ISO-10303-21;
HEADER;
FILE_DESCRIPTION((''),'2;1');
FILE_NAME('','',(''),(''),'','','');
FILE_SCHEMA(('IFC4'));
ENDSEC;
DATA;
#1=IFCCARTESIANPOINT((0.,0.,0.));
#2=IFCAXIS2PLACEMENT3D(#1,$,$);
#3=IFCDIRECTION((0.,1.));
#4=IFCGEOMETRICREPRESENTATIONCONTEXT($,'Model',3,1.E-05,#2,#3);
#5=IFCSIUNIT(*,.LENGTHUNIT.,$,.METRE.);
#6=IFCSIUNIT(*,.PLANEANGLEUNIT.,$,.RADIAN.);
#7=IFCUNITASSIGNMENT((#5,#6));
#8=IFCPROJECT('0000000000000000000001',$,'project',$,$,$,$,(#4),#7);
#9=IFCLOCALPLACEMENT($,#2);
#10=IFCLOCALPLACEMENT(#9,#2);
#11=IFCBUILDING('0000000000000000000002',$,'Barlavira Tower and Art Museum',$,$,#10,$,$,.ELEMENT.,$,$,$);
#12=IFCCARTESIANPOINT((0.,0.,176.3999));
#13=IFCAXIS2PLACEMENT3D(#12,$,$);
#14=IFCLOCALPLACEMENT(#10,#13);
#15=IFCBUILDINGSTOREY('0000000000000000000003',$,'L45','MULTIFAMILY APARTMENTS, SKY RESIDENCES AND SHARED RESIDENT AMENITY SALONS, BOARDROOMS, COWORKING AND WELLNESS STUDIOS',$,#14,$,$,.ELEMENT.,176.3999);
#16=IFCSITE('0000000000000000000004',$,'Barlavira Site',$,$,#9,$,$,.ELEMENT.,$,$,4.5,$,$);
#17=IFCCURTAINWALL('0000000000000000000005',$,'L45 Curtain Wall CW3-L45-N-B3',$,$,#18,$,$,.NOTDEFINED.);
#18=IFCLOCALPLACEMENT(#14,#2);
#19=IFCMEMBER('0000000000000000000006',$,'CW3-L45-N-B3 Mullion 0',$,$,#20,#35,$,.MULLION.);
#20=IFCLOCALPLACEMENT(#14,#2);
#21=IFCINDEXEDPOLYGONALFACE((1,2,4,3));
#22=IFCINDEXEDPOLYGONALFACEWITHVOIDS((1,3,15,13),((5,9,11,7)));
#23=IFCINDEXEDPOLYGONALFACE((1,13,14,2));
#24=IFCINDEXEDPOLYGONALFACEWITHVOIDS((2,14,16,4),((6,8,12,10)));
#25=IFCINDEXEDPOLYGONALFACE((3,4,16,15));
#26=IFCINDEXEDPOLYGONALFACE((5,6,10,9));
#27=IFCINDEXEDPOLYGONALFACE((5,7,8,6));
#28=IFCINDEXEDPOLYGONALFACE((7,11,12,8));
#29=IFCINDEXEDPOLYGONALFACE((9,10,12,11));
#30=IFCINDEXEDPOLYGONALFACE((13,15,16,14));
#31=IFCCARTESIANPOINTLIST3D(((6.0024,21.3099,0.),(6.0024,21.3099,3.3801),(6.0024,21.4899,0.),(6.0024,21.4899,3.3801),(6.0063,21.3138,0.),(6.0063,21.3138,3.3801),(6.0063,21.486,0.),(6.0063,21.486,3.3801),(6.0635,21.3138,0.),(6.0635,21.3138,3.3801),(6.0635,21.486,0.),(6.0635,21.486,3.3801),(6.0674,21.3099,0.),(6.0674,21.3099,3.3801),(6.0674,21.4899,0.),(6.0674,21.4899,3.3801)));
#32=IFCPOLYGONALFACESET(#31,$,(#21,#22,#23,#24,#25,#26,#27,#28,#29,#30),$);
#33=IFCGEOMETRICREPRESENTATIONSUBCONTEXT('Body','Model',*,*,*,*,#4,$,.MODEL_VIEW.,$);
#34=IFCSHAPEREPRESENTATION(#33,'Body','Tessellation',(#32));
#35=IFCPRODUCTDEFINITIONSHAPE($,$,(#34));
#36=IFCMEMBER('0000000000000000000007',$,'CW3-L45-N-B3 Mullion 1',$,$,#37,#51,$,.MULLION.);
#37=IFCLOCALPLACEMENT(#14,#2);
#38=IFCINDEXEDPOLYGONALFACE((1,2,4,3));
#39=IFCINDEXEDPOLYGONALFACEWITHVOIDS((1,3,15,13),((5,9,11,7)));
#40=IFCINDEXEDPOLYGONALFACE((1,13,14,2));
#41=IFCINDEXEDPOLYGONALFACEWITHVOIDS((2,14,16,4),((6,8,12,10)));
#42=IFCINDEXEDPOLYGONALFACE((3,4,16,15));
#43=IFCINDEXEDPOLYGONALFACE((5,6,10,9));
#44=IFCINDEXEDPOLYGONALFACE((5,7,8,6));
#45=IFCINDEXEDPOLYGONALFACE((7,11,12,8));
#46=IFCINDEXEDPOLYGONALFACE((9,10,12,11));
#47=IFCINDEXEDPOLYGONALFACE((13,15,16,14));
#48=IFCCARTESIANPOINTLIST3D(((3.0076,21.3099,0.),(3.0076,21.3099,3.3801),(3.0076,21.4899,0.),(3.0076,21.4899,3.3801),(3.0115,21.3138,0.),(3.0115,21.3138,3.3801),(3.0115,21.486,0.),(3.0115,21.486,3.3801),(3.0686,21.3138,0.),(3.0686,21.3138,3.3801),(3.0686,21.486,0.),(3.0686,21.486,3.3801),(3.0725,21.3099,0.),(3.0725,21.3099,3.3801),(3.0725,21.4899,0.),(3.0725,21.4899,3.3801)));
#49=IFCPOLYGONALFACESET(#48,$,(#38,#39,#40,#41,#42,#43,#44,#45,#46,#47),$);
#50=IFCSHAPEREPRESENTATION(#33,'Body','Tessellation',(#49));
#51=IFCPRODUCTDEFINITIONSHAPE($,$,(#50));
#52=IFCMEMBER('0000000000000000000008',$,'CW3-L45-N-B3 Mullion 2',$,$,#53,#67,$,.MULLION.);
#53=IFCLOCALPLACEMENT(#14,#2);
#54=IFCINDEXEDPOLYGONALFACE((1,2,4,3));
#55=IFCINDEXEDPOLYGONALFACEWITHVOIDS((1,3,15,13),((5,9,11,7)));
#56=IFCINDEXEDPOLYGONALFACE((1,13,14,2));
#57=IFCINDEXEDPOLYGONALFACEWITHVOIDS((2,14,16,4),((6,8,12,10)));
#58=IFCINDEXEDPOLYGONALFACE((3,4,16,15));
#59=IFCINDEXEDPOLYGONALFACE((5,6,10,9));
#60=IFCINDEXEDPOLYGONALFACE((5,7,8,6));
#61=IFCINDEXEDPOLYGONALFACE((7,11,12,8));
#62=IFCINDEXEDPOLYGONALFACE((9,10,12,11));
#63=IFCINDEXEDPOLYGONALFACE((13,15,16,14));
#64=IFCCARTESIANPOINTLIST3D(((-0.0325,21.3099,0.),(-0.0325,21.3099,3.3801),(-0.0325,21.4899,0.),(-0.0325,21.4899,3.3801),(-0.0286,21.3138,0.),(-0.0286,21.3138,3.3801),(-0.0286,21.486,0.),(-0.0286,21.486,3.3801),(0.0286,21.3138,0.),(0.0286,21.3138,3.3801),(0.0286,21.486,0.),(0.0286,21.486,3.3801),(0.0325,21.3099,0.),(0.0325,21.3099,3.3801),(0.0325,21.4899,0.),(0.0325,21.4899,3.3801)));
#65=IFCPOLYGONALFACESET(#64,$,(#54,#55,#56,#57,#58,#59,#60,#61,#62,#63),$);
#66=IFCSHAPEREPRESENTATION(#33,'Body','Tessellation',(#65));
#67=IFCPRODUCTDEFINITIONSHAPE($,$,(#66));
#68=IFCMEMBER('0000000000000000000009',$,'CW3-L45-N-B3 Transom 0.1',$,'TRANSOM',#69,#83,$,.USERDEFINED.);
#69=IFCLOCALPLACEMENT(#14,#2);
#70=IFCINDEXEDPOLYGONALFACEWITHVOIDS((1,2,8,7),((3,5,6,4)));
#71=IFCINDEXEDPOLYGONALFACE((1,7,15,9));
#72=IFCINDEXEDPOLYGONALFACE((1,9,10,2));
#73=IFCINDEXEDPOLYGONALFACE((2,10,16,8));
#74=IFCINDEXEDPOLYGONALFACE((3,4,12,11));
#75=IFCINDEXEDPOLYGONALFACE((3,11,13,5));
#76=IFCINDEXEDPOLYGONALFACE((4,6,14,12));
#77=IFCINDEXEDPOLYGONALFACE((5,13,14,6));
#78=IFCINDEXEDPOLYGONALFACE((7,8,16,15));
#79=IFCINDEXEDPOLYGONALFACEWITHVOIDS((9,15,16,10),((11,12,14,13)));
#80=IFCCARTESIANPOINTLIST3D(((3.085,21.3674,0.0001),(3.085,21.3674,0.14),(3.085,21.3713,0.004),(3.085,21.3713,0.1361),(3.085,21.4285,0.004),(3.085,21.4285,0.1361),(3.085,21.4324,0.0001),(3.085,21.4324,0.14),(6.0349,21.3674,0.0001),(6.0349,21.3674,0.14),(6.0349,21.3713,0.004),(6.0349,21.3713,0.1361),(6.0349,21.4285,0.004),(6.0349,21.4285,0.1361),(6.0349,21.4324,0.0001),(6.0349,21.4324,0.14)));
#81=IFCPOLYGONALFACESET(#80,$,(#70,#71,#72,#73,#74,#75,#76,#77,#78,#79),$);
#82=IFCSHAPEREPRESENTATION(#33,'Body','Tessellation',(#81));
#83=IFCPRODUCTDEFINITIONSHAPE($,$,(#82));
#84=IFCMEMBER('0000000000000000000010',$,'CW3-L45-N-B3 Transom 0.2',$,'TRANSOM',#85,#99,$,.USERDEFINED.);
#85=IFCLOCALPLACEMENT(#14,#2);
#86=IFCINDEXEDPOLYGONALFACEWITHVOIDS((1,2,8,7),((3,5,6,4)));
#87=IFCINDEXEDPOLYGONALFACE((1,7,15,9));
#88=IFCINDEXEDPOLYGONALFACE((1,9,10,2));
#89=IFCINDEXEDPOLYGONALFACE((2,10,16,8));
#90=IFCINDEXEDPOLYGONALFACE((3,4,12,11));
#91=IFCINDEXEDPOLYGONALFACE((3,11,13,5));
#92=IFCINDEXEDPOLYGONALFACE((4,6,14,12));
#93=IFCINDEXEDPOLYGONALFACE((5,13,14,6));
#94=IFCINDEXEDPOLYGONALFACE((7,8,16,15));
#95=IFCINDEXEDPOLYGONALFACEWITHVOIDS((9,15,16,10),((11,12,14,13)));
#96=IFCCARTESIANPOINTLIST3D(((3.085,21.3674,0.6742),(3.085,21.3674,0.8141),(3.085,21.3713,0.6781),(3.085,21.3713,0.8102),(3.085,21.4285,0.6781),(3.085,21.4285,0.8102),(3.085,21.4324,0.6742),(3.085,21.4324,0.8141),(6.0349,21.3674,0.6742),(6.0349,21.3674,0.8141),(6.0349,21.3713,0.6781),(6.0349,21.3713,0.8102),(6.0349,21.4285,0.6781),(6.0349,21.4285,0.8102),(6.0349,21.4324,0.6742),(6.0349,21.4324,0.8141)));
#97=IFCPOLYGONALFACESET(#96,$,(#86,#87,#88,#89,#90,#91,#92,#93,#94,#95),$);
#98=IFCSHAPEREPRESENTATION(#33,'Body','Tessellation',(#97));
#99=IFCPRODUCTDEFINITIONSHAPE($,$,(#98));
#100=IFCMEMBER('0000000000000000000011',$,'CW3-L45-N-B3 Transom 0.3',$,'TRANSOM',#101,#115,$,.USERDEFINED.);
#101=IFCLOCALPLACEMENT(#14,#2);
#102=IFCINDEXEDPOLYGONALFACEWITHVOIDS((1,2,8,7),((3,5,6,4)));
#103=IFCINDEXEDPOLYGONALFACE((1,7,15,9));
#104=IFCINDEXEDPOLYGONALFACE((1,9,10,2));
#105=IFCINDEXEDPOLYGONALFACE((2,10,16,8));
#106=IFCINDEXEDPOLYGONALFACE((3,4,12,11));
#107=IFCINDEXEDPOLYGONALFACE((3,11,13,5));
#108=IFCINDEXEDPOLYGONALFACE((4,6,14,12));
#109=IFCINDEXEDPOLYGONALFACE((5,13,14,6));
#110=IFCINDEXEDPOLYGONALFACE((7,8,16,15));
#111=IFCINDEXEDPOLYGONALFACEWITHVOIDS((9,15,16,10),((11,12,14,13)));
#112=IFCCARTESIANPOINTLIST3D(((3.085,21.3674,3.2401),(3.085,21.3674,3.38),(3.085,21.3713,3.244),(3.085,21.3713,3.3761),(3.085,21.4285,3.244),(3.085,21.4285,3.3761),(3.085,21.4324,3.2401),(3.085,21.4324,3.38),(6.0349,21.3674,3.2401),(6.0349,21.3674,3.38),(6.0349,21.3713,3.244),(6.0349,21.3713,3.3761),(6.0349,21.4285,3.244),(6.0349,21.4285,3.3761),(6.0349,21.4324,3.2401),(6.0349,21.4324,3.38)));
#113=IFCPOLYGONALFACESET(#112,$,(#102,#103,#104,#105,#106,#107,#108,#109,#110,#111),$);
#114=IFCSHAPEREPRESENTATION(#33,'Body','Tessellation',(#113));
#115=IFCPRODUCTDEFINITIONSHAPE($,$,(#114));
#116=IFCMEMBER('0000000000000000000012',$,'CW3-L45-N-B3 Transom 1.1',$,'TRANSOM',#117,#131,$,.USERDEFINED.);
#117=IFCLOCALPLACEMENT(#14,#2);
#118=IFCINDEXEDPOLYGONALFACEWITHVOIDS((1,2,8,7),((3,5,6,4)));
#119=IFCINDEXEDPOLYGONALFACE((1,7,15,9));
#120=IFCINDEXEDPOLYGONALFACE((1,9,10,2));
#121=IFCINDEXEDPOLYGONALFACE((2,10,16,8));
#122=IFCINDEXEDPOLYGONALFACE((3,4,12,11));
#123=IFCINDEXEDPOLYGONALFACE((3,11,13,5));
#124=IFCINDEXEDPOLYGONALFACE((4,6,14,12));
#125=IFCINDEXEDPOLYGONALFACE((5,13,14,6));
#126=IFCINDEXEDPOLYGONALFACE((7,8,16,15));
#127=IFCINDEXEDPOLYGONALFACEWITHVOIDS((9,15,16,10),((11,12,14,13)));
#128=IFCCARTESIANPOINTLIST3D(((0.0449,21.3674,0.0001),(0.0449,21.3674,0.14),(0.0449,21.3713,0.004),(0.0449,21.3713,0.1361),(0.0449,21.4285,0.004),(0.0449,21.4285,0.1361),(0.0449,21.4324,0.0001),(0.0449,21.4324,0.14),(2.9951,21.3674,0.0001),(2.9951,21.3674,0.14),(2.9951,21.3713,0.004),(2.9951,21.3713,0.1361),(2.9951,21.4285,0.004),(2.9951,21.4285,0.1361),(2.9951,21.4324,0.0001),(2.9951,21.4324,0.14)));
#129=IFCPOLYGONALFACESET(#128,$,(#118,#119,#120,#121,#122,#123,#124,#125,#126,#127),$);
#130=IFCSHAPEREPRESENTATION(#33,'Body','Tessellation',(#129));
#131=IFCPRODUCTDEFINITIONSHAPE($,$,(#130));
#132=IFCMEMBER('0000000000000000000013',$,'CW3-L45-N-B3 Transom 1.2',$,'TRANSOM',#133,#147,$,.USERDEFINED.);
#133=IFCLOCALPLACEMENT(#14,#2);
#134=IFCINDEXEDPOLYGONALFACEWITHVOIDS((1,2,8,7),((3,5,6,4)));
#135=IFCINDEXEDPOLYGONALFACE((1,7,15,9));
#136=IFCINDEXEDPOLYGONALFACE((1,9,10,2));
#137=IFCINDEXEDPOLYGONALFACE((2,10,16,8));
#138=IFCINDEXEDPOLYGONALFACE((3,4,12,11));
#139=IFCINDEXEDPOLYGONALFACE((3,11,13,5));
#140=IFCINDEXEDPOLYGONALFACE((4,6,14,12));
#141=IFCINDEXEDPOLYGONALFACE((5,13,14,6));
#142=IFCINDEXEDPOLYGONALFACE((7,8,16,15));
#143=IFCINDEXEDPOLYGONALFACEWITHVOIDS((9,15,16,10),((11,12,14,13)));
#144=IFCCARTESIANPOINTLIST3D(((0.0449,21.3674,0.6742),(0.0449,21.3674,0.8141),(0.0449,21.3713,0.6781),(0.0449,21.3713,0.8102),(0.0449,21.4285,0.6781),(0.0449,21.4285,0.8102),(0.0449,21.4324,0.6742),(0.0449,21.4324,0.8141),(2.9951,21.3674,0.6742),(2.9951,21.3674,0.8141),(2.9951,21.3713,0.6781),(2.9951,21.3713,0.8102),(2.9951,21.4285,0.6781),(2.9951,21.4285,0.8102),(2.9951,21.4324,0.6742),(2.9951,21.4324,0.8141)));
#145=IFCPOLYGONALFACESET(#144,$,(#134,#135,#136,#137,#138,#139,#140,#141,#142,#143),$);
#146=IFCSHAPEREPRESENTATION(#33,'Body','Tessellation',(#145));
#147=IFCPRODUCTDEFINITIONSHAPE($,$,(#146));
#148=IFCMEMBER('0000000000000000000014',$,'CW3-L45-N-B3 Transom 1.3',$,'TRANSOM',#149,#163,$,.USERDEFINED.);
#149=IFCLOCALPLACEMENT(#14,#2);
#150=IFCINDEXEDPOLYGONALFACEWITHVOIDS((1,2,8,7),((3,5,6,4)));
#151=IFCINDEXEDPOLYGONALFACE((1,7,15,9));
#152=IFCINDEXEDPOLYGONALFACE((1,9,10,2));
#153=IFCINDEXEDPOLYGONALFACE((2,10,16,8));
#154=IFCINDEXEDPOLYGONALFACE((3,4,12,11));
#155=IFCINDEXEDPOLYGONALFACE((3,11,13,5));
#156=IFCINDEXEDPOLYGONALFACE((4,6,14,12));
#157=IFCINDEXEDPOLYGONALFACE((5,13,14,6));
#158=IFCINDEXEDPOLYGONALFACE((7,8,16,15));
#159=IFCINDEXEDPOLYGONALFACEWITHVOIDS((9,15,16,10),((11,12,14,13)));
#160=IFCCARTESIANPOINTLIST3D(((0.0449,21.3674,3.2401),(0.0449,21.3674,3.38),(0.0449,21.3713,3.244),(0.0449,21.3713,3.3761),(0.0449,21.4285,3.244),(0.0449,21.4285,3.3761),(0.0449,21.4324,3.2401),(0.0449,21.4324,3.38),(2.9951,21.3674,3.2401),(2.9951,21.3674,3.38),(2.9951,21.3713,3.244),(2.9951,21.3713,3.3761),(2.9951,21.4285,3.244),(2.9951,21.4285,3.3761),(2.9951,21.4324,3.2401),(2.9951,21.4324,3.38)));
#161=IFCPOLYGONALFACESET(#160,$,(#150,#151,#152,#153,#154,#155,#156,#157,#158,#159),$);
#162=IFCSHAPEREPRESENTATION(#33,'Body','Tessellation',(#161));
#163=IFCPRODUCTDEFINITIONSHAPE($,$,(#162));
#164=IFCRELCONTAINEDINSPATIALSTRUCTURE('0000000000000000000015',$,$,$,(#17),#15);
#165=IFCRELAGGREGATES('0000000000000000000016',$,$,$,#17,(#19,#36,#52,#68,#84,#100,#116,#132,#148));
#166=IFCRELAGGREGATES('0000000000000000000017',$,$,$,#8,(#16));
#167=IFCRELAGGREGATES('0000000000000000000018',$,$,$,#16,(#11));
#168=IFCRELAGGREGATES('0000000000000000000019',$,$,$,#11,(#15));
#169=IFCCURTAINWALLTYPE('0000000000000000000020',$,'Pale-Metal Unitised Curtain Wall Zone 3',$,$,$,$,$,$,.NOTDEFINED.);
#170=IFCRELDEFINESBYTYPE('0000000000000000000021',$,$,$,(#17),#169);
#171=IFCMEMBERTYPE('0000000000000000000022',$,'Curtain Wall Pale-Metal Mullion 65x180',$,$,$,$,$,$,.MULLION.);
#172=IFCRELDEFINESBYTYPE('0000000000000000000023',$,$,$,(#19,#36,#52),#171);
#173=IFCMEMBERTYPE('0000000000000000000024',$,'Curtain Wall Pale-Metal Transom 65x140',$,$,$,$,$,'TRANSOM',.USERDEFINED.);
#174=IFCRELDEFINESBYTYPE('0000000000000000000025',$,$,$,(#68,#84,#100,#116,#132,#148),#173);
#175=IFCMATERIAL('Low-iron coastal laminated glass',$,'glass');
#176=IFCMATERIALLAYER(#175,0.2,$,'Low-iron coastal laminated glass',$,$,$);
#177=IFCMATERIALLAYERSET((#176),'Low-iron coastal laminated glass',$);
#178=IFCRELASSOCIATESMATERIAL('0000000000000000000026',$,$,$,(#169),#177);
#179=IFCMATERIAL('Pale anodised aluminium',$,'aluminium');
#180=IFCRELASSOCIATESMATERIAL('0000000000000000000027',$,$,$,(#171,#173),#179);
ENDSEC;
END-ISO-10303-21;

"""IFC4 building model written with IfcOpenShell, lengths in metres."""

from ifc_helpers import new_model, si_unit, direction, frame, origin, origin_2d, place, context, subcontext, project, spatial, hollow_rectangle, extrude, material, layer, layer_set, material_profile, profile_set, type_object, element, aggregate, save


model = new_model("IFC4")

# Units and contexts
model_context = context("Model", 3, precision=1e-05, world=origin(), true_north=direction((0.0, 1.0)))
body_context = subcontext(model_context, "Body", "Model", "MODEL_VIEW")
ifc_project = project(units=[si_unit("LENGTHUNIT", "METRE"), si_unit("PLANEANGLEUNIT", "RADIAN")], contexts=[model_context])

# Site, building, storey
site_placement = place(None, origin())
site = spatial("IfcSite", under=ifc_project, at=site_placement, Name="Barlavira Site", CompositionType="ELEMENT", RefElevation=4.5)
building_placement = place(site_placement, origin())
building = spatial("IfcBuilding", under=site, at=building_placement, Name="Barlavira Tower and Art Museum", CompositionType="ELEMENT")
storey_placement = place(building_placement, frame((0.0, 0.0, 176.3999)))
storey = spatial("IfcBuildingStorey", under=building, at=storey_placement, Name="L45", Description="MULTIFAMILY APARTMENTS, SKY RESIDENCES AND SHARED RESIDENT AMENITY SALONS, BOARDROOMS, COWORKING AND WELLNESS STUDIOS", CompositionType="ELEMENT", Elevation=176.3999)

# Curtain wall, members
ifc_material_1 = material(Name="Low-iron coastal laminated glass", Category="glass")
ifc_layer_1 = layer(ifc_material_1, 0.2, Name="Low-iron coastal laminated glass")
ifc_layer_set_1 = layer_set([ifc_layer_1], Name="Low-iron coastal laminated glass")
curtain_wall_type = type_object("IfcCurtainWallType", Name="Pale-Metal Unitised Curtain Wall Zone 3", PredefinedType="NOTDEFINED", material=ifc_layer_set_1)
curtain_wall_placement = place(storey_placement, origin())
curtain_wall = element("IfcCurtainWall", 1, at=curtain_wall_placement, inside=storey, type_object=curtain_wall_type, Name="L45 Curtain Wall CW3-L45-N-B3", PredefinedType="NOTDEFINED")
ifc_material_2 = material(Name="Pale anodised aluminium", Category="aluminium")
ifc_material_profile_1 = material_profile(ifc_material_2, hollow_rectangle(XDim=0.0649, YDim=0.1799, WallThickness=0.0039, at=origin_2d()), Name="ALU-MULL 65x180x4")
ifc_profile_set_1 = profile_set([ifc_material_profile_1], Name="Pale anodised aluminium")
member_type_1 = type_object("IfcMemberType", Name="Curtain Wall Pale-Metal Mullion 65x180", PredefinedType="MULLION", material=ifc_profile_set_1)
member_1_placement = place(storey_placement, frame((6.0349, 21.3999, 0.0), z_axis=(0.0, 0.0, 1.0), x_axis=(-1.0, 0.0, 0.0)))
member_1 = element("IfcMember", 2, at=member_1_placement, type_object=member_type_1, Name="CW3-L45-N-B3 Mullion 0", PredefinedType="MULLION", context=body_context, shape_type="SweptSolid", body=[
    extrude(hollow_rectangle(XDim=0.0649, YDim=0.1799, WallThickness=0.0039, at=origin_2d()), origin(), (0.0, 0.0, 1.0), 3.3801),
])
member_2_placement = place(storey_placement, frame((3.04, 21.3999, 0.0), z_axis=(0.0, 0.0, 1.0), x_axis=(-1.0, 0.0, 0.0)))
member_2 = element("IfcMember", 3, at=member_2_placement, type_object=member_type_1, Name="CW3-L45-N-B3 Mullion 1", PredefinedType="MULLION", context=body_context, shape_type="SweptSolid", body=[
    extrude(hollow_rectangle(XDim=0.0649, YDim=0.1799, WallThickness=0.0039, at=origin_2d()), origin(), (0.0, 0.0, 1.0), 3.3801),
])
member_3_placement = place(storey_placement, frame((0.0, 21.3999, 0.0), z_axis=(0.0, 0.0, 1.0), x_axis=(-1.0, 0.0, 0.0)))
member_3 = element("IfcMember", 4, at=member_3_placement, type_object=member_type_1, Name="CW3-L45-N-B3 Mullion 2", PredefinedType="MULLION", context=body_context, shape_type="SweptSolid", body=[
    extrude(hollow_rectangle(XDim=0.0649, YDim=0.1799, WallThickness=0.0039, at=origin_2d()), origin(), (0.0, 0.0, 1.0), 3.3801),
])
ifc_material_profile_2 = material_profile(ifc_material_2, hollow_rectangle(XDim=0.0649, YDim=0.1399, WallThickness=0.0039, at=origin_2d()), Name="ALU-TRAN 65x140x4")
ifc_profile_set_2 = profile_set([ifc_material_profile_2], Name="Pale anodised aluminium")
member_type_2 = type_object("IfcMemberType", Name="Curtain Wall Pale-Metal Transom 65x140", ElementType="TRANSOM", PredefinedType="USERDEFINED", material=ifc_profile_set_2)
member_4_placement = place(storey_placement, frame((6.0349, 21.3999, 0.0701), z_axis=(-1.0, 0.0, 0.0), x_axis=(0.0, -1.0, 0.0)))
member_4 = element("IfcMember", 5, at=member_4_placement, type_object=member_type_2, Name="CW3-L45-N-B3 Transom 0.1", ObjectType="TRANSOM", PredefinedType="USERDEFINED", context=body_context, shape_type="SweptSolid", body=[
    extrude(hollow_rectangle(XDim=0.0649, YDim=0.1399, WallThickness=0.0039, at=origin_2d()), origin(), (0.0, 0.0, 1.0), 2.95),
])
member_5_placement = place(storey_placement, frame((6.0349, 21.3999, 0.7441), z_axis=(-1.0, 0.0, 0.0), x_axis=(0.0, -1.0, 0.0)))
member_5 = element("IfcMember", 6, at=member_5_placement, type_object=member_type_2, Name="CW3-L45-N-B3 Transom 0.2", ObjectType="TRANSOM", PredefinedType="USERDEFINED", context=body_context, shape_type="SweptSolid", body=[
    extrude(hollow_rectangle(XDim=0.0649, YDim=0.1399, WallThickness=0.0039, at=origin_2d()), origin(), (0.0, 0.0, 1.0), 2.95),
])
member_6_placement = place(storey_placement, frame((6.0349, 21.3999, 3.3101), z_axis=(-1.0, 0.0, 0.0), x_axis=(0.0, -1.0, 0.0)))
member_6 = element("IfcMember", 7, at=member_6_placement, type_object=member_type_2, Name="CW3-L45-N-B3 Transom 0.3", ObjectType="TRANSOM", PredefinedType="USERDEFINED", context=body_context, shape_type="SweptSolid", body=[
    extrude(hollow_rectangle(XDim=0.0649, YDim=0.1399, WallThickness=0.0039, at=origin_2d()), origin(), (0.0, 0.0, 1.0), 2.95),
])
member_7_placement = place(storey_placement, frame((2.9951, 21.3999, 0.0701), z_axis=(-1.0, 0.0, 0.0), x_axis=(0.0, -1.0, 0.0)))
member_7 = element("IfcMember", 8, at=member_7_placement, type_object=member_type_2, Name="CW3-L45-N-B3 Transom 1.1", ObjectType="TRANSOM", PredefinedType="USERDEFINED", context=body_context, shape_type="SweptSolid", body=[
    extrude(hollow_rectangle(XDim=0.0649, YDim=0.1399, WallThickness=0.0039, at=origin_2d()), origin(), (0.0, 0.0, 1.0), 2.9502),
])
member_8_placement = place(storey_placement, frame((2.9951, 21.3999, 0.7441), z_axis=(-1.0, 0.0, 0.0), x_axis=(0.0, -1.0, 0.0)))
member_8 = element("IfcMember", 9, at=member_8_placement, type_object=member_type_2, Name="CW3-L45-N-B3 Transom 1.2", ObjectType="TRANSOM", PredefinedType="USERDEFINED", context=body_context, shape_type="SweptSolid", body=[
    extrude(hollow_rectangle(XDim=0.0649, YDim=0.1399, WallThickness=0.0039, at=origin_2d()), origin(), (0.0, 0.0, 1.0), 2.9502),
])
member_9_placement = place(storey_placement, frame((2.9951, 21.3999, 3.3101), z_axis=(-1.0, 0.0, 0.0), x_axis=(0.0, -1.0, 0.0)))
member_9 = element("IfcMember", 10, at=member_9_placement, type_object=member_type_2, Name="CW3-L45-N-B3 Transom 1.3", ObjectType="TRANSOM", PredefinedType="USERDEFINED", context=body_context, shape_type="SweptSolid", body=[
    extrude(hollow_rectangle(XDim=0.0649, YDim=0.1399, WallThickness=0.0039, at=origin_2d()), origin(), (0.0, 0.0, 1.0), 2.9502),
])

aggregate(curtain_wall, [member_1, member_2, member_3, member_4, member_5, member_6, member_7, member_8, member_9])

save(model, "model.ifc")
